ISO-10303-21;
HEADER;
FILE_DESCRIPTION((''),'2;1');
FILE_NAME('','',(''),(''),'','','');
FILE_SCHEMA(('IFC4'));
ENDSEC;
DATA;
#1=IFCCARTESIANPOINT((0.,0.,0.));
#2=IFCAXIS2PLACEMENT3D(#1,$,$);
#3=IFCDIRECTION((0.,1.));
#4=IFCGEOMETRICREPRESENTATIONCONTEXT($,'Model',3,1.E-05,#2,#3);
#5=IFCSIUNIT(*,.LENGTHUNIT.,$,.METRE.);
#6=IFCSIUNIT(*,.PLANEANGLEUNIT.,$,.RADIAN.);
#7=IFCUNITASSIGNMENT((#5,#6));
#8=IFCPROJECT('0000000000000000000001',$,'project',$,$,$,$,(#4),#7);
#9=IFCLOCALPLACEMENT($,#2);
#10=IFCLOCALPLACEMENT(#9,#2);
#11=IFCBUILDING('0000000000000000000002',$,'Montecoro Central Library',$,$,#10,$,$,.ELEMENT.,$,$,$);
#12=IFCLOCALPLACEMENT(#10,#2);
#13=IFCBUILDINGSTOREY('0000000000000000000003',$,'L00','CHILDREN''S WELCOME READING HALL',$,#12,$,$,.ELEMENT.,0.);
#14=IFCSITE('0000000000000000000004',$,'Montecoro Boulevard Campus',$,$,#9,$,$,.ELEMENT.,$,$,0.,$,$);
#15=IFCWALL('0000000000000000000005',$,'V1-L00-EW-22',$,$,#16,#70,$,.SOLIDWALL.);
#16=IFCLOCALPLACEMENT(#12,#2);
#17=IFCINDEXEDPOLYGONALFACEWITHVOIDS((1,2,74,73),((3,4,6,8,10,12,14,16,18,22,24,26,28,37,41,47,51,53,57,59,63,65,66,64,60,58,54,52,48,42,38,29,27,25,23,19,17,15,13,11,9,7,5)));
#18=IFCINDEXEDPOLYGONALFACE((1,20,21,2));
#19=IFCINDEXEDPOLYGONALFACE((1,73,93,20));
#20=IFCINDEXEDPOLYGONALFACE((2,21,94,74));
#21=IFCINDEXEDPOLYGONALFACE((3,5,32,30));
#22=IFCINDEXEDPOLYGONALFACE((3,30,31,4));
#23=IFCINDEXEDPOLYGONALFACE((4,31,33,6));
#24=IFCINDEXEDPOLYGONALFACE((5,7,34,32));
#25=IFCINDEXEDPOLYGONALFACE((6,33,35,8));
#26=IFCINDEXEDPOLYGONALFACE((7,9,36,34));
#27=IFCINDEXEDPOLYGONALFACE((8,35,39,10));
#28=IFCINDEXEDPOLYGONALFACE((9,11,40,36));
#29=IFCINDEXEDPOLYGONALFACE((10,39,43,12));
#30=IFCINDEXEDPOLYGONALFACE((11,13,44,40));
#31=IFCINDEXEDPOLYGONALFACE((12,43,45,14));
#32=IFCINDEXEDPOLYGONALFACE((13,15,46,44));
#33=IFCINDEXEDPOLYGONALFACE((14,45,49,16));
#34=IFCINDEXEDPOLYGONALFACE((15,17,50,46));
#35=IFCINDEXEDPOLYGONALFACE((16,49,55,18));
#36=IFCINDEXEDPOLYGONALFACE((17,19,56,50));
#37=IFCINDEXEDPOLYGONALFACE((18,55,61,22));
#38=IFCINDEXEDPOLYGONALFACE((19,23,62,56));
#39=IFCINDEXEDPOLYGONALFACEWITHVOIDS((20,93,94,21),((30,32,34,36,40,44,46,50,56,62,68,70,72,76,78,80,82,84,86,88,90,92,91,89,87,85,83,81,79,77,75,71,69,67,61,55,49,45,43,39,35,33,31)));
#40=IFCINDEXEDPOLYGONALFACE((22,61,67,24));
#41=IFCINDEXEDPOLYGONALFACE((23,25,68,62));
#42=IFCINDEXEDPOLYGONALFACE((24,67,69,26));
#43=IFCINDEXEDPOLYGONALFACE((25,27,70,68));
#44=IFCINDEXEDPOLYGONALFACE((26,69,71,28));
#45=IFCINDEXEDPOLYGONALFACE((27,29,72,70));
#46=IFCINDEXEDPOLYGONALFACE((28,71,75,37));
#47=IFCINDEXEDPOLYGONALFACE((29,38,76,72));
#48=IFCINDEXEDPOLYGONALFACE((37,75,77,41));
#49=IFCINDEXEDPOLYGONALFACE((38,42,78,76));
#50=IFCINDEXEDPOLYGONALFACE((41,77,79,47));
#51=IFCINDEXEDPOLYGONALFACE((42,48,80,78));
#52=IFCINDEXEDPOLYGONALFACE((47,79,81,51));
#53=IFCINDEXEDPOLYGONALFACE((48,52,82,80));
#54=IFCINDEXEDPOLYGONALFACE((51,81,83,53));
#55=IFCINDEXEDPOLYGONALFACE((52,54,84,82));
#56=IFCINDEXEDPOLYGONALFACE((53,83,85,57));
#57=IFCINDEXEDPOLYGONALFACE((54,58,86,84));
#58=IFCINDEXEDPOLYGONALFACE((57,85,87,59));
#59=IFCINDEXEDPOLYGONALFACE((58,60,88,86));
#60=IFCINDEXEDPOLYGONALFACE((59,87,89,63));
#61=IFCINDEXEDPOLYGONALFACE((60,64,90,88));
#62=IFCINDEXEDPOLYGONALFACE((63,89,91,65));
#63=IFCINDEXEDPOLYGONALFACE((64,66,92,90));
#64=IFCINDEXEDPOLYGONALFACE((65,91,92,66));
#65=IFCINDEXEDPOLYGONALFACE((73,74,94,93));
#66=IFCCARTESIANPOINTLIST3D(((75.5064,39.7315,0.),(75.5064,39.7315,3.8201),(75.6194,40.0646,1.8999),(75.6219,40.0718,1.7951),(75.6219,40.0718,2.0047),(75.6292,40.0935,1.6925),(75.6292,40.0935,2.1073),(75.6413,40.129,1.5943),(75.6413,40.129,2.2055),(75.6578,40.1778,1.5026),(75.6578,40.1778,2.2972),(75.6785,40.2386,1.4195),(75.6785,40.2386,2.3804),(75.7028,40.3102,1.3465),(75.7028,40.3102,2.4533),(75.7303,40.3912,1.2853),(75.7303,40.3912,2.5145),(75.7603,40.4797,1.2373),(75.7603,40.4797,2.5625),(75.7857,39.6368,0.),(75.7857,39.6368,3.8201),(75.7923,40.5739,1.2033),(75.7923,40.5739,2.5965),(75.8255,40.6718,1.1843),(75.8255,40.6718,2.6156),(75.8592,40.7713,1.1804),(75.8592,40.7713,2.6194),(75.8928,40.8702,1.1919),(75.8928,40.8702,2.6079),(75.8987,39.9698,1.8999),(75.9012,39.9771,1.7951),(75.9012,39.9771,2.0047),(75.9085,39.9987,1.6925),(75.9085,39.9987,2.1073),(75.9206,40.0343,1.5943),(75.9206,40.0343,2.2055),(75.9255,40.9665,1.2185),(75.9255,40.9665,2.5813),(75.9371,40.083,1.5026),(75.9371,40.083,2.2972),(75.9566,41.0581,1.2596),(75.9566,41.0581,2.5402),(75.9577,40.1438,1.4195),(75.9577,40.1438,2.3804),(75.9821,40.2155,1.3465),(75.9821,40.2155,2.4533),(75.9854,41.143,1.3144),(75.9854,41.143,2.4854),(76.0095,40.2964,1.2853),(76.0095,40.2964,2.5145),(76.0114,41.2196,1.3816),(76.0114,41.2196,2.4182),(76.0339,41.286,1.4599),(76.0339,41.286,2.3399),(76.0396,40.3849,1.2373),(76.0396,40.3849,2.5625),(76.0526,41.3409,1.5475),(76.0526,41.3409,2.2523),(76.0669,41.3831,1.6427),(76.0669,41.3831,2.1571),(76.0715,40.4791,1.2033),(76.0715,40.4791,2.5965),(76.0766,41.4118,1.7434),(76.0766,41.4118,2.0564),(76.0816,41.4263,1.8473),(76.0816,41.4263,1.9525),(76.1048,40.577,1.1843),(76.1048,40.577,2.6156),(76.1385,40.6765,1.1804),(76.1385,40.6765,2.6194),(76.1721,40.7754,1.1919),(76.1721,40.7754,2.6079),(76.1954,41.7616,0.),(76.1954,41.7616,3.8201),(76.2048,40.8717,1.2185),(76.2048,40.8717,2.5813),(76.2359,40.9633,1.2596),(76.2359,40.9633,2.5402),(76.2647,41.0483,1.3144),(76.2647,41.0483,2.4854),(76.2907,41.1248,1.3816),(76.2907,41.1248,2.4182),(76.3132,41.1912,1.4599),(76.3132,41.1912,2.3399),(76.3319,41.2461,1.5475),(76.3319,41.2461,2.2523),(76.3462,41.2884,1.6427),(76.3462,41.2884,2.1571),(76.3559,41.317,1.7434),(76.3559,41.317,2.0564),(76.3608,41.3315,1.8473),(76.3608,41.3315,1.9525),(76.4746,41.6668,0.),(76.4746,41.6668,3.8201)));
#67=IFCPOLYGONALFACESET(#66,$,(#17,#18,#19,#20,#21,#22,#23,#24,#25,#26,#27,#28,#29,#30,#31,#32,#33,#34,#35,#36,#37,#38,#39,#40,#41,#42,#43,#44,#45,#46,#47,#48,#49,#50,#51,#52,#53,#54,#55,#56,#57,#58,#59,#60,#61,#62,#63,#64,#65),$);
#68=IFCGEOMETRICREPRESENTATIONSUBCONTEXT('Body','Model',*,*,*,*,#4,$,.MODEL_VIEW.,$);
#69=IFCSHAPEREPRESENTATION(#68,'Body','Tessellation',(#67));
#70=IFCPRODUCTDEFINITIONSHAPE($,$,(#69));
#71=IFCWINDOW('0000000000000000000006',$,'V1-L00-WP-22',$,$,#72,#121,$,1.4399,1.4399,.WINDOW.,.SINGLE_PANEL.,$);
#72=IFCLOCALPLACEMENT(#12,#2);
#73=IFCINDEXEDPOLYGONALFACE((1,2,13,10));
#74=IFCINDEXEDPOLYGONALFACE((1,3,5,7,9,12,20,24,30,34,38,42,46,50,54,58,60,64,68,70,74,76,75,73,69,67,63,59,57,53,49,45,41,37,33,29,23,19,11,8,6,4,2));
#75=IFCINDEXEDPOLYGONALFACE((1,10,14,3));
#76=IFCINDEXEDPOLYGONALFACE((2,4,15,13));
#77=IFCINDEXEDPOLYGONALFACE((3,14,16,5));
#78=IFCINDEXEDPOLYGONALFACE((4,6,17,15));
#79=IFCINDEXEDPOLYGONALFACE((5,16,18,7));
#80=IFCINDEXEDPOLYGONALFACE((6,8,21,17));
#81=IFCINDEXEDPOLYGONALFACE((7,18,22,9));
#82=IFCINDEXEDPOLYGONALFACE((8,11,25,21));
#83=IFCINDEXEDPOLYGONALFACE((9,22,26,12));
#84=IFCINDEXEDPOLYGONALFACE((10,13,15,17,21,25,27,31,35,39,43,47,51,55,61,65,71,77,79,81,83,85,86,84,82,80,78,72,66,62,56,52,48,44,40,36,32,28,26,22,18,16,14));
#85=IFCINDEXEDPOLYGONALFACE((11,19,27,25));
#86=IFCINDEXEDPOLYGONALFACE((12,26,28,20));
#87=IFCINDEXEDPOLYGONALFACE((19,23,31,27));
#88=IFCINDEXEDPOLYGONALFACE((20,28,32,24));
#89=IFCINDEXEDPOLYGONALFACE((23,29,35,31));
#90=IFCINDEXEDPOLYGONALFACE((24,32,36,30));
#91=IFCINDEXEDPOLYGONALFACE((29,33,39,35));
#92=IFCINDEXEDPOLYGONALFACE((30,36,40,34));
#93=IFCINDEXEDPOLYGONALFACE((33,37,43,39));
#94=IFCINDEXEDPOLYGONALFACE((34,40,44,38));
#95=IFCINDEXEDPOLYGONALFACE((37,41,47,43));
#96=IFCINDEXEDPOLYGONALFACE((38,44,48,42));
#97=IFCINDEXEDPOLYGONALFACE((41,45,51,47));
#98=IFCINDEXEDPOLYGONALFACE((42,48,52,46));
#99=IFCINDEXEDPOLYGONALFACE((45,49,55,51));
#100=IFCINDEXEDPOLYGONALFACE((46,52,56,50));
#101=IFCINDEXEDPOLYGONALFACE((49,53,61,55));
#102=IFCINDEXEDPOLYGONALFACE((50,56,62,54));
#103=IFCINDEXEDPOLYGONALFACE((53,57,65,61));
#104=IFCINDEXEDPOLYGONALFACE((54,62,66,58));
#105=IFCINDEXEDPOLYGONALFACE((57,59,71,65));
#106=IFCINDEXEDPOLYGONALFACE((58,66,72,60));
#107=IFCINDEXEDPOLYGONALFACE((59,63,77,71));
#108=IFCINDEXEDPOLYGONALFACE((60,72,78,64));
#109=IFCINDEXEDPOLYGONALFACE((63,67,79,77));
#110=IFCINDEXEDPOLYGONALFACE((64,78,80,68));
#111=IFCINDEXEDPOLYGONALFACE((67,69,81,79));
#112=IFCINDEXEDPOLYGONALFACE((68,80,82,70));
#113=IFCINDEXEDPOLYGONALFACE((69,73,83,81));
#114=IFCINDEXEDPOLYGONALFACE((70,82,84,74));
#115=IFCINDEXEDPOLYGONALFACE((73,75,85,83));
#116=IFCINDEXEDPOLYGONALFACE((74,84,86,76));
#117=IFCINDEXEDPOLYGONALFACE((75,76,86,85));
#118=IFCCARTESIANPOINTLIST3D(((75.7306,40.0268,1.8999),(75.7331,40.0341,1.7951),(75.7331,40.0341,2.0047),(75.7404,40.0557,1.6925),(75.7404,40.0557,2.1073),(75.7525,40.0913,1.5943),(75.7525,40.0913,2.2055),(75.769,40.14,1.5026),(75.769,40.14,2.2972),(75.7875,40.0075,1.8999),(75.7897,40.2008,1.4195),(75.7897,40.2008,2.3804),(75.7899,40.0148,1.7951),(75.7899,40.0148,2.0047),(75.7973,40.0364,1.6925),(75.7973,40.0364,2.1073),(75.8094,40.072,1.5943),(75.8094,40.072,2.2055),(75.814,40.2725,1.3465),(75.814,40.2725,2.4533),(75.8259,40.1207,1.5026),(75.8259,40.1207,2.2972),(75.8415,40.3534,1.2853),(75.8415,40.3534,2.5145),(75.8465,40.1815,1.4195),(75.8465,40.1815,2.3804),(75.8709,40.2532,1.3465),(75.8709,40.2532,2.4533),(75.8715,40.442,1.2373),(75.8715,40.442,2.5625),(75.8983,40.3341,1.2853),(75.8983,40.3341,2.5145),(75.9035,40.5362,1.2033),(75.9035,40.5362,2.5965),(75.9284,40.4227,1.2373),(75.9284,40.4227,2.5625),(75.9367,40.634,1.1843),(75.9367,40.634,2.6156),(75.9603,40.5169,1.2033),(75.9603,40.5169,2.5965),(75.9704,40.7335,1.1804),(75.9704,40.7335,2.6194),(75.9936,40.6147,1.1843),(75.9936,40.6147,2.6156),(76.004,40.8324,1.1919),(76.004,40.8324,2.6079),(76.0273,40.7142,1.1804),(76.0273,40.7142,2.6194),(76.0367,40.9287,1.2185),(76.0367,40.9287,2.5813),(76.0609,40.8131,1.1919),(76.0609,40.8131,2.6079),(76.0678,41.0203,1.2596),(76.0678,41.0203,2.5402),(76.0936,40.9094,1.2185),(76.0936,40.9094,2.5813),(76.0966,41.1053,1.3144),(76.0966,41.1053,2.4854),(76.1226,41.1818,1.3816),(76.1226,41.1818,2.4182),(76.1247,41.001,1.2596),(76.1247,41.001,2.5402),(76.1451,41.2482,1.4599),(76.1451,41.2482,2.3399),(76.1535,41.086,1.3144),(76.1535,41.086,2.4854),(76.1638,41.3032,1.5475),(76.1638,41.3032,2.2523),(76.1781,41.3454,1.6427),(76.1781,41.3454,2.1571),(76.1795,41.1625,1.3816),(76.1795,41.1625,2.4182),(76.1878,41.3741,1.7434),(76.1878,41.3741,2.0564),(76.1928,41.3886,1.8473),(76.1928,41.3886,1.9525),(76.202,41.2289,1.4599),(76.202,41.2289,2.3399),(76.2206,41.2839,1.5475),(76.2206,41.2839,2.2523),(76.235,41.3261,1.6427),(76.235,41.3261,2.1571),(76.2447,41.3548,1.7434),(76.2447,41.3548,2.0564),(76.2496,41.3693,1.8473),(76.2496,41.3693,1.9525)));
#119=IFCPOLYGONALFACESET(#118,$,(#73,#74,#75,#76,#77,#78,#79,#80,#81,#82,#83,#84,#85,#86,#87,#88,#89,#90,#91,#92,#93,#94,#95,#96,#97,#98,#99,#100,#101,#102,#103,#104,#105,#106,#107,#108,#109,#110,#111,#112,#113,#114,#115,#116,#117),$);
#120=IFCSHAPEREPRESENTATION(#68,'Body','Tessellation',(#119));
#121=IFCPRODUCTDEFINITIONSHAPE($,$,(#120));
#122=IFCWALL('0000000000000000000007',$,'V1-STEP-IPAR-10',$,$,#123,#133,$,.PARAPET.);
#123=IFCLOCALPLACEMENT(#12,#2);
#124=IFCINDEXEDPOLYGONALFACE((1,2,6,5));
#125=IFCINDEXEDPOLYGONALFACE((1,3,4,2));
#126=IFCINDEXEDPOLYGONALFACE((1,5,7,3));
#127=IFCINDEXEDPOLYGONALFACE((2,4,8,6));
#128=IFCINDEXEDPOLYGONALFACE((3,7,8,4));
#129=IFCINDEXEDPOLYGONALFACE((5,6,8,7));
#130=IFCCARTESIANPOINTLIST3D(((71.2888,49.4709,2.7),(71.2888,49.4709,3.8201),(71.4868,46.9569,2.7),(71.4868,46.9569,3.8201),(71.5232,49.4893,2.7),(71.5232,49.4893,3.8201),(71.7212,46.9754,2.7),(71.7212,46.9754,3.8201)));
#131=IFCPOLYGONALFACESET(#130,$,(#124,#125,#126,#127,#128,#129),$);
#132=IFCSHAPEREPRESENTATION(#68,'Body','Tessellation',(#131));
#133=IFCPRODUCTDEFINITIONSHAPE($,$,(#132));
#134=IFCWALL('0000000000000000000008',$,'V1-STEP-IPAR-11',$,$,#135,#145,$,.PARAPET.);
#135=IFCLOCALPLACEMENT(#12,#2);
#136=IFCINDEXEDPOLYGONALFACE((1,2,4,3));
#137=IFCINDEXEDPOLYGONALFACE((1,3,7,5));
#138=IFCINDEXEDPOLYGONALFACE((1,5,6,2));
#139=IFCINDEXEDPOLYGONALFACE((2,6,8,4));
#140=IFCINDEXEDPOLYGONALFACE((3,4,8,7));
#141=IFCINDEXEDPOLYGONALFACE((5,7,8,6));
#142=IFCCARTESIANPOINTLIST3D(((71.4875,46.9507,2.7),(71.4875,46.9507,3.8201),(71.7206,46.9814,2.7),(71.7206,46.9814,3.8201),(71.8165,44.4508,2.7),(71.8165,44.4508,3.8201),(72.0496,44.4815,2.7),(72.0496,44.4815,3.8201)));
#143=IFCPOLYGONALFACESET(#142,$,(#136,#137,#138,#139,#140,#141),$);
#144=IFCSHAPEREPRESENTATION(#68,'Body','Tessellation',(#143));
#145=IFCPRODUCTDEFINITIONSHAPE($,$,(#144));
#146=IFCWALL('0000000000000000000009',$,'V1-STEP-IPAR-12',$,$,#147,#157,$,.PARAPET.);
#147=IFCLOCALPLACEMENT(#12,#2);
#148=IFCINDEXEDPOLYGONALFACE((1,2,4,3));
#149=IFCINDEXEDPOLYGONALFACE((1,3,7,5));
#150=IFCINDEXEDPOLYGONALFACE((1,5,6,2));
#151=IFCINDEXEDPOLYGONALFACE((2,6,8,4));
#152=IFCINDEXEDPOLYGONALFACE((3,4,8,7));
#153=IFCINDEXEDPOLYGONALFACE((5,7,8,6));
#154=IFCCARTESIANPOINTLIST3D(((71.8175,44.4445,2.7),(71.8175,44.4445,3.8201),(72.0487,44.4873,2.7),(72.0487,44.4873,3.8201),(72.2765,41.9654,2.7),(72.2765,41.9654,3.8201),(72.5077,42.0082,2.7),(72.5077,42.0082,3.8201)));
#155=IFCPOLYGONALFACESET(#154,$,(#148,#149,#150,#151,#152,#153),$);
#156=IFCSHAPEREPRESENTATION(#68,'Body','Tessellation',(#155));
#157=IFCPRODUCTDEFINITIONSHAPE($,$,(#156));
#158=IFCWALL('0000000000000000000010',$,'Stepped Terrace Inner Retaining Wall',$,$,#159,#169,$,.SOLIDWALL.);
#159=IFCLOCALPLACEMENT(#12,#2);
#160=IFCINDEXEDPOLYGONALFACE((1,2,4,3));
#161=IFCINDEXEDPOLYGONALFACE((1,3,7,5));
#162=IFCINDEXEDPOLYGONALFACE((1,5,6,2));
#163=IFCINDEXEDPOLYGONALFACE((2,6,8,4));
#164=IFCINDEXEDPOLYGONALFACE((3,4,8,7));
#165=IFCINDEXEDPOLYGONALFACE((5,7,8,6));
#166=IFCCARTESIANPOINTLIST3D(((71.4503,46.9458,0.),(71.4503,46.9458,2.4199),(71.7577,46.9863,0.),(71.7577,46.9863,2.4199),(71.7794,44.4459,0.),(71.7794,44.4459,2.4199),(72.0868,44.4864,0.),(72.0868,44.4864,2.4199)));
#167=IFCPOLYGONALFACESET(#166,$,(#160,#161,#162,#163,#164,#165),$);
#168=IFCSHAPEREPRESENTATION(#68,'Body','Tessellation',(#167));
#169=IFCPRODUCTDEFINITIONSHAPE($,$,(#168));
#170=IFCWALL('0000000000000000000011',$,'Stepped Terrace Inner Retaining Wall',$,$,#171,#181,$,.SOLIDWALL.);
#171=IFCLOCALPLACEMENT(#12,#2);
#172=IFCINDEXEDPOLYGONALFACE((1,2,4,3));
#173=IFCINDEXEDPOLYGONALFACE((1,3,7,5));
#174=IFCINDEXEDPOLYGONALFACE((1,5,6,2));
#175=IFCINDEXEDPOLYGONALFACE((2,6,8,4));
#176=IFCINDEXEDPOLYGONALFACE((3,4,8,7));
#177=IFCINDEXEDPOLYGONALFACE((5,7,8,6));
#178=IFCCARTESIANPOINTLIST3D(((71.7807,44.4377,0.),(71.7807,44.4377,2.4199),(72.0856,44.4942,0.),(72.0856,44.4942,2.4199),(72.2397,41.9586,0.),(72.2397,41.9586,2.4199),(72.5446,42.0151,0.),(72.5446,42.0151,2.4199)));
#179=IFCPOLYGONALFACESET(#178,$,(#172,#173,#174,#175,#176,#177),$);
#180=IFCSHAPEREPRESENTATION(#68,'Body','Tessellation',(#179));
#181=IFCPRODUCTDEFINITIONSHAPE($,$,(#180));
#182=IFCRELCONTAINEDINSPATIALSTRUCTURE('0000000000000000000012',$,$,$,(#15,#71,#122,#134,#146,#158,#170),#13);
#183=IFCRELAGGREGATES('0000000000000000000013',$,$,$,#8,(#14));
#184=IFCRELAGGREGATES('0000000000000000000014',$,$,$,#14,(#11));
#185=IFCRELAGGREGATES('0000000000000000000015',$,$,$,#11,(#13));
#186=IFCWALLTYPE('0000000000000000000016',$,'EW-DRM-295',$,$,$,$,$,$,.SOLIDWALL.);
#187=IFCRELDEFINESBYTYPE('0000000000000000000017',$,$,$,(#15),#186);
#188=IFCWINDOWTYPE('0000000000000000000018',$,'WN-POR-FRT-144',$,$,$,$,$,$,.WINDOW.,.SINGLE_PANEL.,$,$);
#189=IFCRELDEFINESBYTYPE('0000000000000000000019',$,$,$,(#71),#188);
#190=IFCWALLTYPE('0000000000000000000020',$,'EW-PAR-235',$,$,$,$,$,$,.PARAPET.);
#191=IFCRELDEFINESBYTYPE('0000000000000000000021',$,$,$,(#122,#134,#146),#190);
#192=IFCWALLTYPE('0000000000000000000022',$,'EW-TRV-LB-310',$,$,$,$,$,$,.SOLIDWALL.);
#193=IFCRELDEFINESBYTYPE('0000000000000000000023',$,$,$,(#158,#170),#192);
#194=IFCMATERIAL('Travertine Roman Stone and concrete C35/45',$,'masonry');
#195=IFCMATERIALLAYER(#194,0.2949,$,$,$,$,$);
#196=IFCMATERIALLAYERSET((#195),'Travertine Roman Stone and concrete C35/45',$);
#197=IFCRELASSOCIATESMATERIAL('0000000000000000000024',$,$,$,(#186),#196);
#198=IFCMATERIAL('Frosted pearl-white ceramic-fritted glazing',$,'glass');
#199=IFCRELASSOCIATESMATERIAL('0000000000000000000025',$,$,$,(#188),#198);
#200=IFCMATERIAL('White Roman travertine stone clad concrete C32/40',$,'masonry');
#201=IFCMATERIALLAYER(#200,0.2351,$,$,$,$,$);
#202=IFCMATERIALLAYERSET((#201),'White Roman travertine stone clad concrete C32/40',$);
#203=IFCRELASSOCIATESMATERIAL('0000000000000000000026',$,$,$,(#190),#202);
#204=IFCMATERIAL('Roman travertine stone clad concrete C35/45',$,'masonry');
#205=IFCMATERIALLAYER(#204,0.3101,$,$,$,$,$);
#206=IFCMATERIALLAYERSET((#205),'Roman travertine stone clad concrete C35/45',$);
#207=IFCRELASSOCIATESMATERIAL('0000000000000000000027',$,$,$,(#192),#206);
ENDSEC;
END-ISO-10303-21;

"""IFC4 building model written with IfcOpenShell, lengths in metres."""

from ifc_helpers import new_model, si_unit, direction, frame, frame_2d, origin, place, context, subcontext, project, spatial, rectangle, circle, extrude, material, layer, layer_set, type_object, element, fill, save


model = new_model("IFC4")

# Units and contexts
model_context = context("Model", 3, precision=1e-05, world=origin(), true_north=direction((0.0, 1.0)))
body_context = subcontext(model_context, "Body", "Model", "MODEL_VIEW")
ifc_project = project(units=[si_unit("LENGTHUNIT", "METRE"), si_unit("PLANEANGLEUNIT", "RADIAN")], contexts=[model_context])

# Site, building, storey
site_placement = place(None, origin())
site = spatial("IfcSite", under=ifc_project, at=site_placement, Name="Montecoro Boulevard Campus", CompositionType="ELEMENT", RefElevation=0.0)
building_placement = place(site_placement, origin())
building = spatial("IfcBuilding", under=site, at=building_placement, Name="Montecoro Central Library", CompositionType="ELEMENT")
storey_placement = place(building_placement, origin())
storey = spatial("IfcBuildingStorey", under=building, at=storey_placement, Name="L00", Description="CHILDREN'S WELCOME READING HALL", CompositionType="ELEMENT", Elevation=0.0)

# Wall, opening, window
ifc_material_1 = material(Name="Travertine Roman Stone and concrete C35/45", Category="masonry")
ifc_layer_1 = layer(ifc_material_1, 0.2949)
ifc_layer_set_1 = layer_set([ifc_layer_1], Name="Travertine Roman Stone and concrete C35/45")
wall_type_1 = type_object("IfcWallType", Name="EW-DRM-295", PredefinedType="SOLIDWALL", material=ifc_layer_set_1)
ifc_material_2 = material(Name="Frosted pearl-white ceramic-fritted glazing", Category="glass")
window_type_1 = type_object("IfcWindowType", Name="WN-POR-FRT-144", PartitioningType="SINGLE_PANEL", PredefinedType="WINDOW", material=ifc_material_2)
wall_1_placement = place(storey_placement, frame((76.335, 41.7141, 0.0), z_axis=(0.0, 0.0, 1.0), x_axis=(-0.321382, -0.94695, 0.0)))
wall_1 = element("IfcWall", 1, at=wall_1_placement, inside=storey, type_object=wall_type_1, Name="V1-L00-EW-22", PredefinedType="SOLIDWALL", context=body_context, shape_type="SweptSolid", body=[
    extrude(rectangle(XDim=2.1438, YDim=0.2949, at=frame_2d((1.0718, 0.0))), origin(), (0.0, 0.0, 1.0), 3.8201),
])
opening_1_placement = place(wall_1_placement, frame((0.3521, 0.0, 1.1799)))
opening_1 = element("IfcOpeningElement", 2, at=opening_1_placement, cuts=wall_1, PredefinedType="OPENING", context=body_context, shape_type="SweptSolid", body=[
    extrude(circle(Radius=0.72, at=frame_2d((0.72, 0.72))), frame((0.0, 0.1575, 0.0), z_axis=(0.0, -1.0, 0.0), x_axis=(1.0, 0.0, 0.0)), (0.0, 0.0, 1.0), 0.3149),
])
window_1_placement = place(opening_1_placement, origin())
window_1 = element("IfcWindow", 3, at=window_1_placement, inside=storey, type_object=window_type_1, Name="V1-L00-WP-22", OverallHeight=1.4399, OverallWidth=1.4399, PartitioningType="SINGLE_PANEL", PredefinedType="WINDOW", context=body_context, shape_type="SweptSolid", body=[
    extrude(circle(Radius=0.72, at=frame_2d((0.72, 0.72))), frame((0.0, 0.03, 0.0), z_axis=(0.0, -1.0, 0.0), x_axis=(1.0, 0.0, 0.0)), (0.0, 0.0, 1.0), 0.0601),
])
fill(opening_1, window_1)

# Walls
ifc_material_3 = material(Name="White Roman travertine stone clad concrete C32/40", Category="masonry")
ifc_layer_2 = layer(ifc_material_3, 0.2351)
ifc_layer_set_2 = layer_set([ifc_layer_2], Name="White Roman travertine stone clad concrete C32/40")
wall_type_2 = type_object("IfcWallType", Name="EW-PAR-235", PredefinedType="PARAPET", material=ifc_layer_set_2)
wall_2_placement = place(storey_placement, frame((71.406, 49.48, 2.7), z_axis=(0.0, 0.0, 1.0), x_axis=(0.078518, -0.996913, 0.0)))
element("IfcWall", 4, at=wall_2_placement, inside=storey, type_object=wall_type_2, Name="V1-STEP-IPAR-10", PredefinedType="PARAPET", context=body_context, shape_type="SweptSolid", body=[
    extrude(rectangle(XDim=2.5217, YDim=0.2351, at=frame_2d((1.2607, 0.0))), origin(), (0.0, 0.0, 1.0), 1.1201),
])
wall_3_placement = place(storey_placement, frame((71.604, 46.9661, 2.7), z_axis=(0.0, 0.0, 1.0), x_axis=(0.130515, -0.991446, 0.0)))
element("IfcWall", 5, at=wall_3_placement, inside=storey, type_object=wall_type_2, Name="V1-STEP-IPAR-11", PredefinedType="PARAPET", context=body_context, shape_type="SweptSolid", body=[
    extrude(rectangle(XDim=2.5215, YDim=0.2351, at=frame_2d((1.2607, 0.0))), origin(), (0.0, 0.0, 1.0), 1.1201),
])
wall_4_placement = place(storey_placement, frame((71.9331, 44.4661, 2.7), z_axis=(0.0, 0.0, 1.0), x_axis=(0.182055, -0.983288, 0.0)))
element("IfcWall", 6, at=wall_4_placement, inside=storey, type_object=wall_type_2, Name="V1-STEP-IPAR-12", PredefinedType="PARAPET", context=body_context, shape_type="SweptSolid", body=[
    extrude(rectangle(XDim=2.5212, YDim=0.2351, at=frame_2d((1.2607, 0.0))), origin(), (0.0, 0.0, 1.0), 1.1201),
])
ifc_material_4 = material(Name="Roman travertine stone clad concrete C35/45", Category="masonry")
ifc_layer_3 = layer(ifc_material_4, 0.3101)
ifc_layer_set_3 = layer_set([ifc_layer_3], Name="Roman travertine stone clad concrete C35/45")
wall_type_3 = type_object("IfcWallType", Name="EW-TRV-LB-310", PredefinedType="SOLIDWALL", material=ifc_layer_set_3)
wall_5_placement = place(storey_placement, frame((71.604, 46.9661, 0.0), z_axis=(0.0, 0.0, 1.0), x_axis=(0.130515, -0.991446, 0.0)))
element("IfcWall", 7, at=wall_5_placement, inside=storey, type_object=wall_type_3, Name="Stepped Terrace Inner Retaining Wall", PredefinedType="SOLIDWALL", context=body_context, shape_type="SweptSolid", body=[
    extrude(rectangle(XDim=2.5215, YDim=0.3101, at=frame_2d((1.2607, 0.0))), origin(), (0.0, 0.0, 1.0), 2.4199),
])
wall_6_placement = place(storey_placement, frame((71.9331, 44.4661, 0.0), z_axis=(0.0, 0.0, 1.0), x_axis=(0.182055, -0.983288, 0.0)))
element("IfcWall", 8, at=wall_6_placement, inside=storey, type_object=wall_type_3, Name="Stepped Terrace Inner Retaining Wall", PredefinedType="SOLIDWALL", context=body_context, shape_type="SweptSolid", body=[
    extrude(rectangle(XDim=2.5212, YDim=0.3101, at=frame_2d((1.2607, 0.0))), origin(), (0.0, 0.0, 1.0), 2.4199),
])

save(model, "model.ifc")
